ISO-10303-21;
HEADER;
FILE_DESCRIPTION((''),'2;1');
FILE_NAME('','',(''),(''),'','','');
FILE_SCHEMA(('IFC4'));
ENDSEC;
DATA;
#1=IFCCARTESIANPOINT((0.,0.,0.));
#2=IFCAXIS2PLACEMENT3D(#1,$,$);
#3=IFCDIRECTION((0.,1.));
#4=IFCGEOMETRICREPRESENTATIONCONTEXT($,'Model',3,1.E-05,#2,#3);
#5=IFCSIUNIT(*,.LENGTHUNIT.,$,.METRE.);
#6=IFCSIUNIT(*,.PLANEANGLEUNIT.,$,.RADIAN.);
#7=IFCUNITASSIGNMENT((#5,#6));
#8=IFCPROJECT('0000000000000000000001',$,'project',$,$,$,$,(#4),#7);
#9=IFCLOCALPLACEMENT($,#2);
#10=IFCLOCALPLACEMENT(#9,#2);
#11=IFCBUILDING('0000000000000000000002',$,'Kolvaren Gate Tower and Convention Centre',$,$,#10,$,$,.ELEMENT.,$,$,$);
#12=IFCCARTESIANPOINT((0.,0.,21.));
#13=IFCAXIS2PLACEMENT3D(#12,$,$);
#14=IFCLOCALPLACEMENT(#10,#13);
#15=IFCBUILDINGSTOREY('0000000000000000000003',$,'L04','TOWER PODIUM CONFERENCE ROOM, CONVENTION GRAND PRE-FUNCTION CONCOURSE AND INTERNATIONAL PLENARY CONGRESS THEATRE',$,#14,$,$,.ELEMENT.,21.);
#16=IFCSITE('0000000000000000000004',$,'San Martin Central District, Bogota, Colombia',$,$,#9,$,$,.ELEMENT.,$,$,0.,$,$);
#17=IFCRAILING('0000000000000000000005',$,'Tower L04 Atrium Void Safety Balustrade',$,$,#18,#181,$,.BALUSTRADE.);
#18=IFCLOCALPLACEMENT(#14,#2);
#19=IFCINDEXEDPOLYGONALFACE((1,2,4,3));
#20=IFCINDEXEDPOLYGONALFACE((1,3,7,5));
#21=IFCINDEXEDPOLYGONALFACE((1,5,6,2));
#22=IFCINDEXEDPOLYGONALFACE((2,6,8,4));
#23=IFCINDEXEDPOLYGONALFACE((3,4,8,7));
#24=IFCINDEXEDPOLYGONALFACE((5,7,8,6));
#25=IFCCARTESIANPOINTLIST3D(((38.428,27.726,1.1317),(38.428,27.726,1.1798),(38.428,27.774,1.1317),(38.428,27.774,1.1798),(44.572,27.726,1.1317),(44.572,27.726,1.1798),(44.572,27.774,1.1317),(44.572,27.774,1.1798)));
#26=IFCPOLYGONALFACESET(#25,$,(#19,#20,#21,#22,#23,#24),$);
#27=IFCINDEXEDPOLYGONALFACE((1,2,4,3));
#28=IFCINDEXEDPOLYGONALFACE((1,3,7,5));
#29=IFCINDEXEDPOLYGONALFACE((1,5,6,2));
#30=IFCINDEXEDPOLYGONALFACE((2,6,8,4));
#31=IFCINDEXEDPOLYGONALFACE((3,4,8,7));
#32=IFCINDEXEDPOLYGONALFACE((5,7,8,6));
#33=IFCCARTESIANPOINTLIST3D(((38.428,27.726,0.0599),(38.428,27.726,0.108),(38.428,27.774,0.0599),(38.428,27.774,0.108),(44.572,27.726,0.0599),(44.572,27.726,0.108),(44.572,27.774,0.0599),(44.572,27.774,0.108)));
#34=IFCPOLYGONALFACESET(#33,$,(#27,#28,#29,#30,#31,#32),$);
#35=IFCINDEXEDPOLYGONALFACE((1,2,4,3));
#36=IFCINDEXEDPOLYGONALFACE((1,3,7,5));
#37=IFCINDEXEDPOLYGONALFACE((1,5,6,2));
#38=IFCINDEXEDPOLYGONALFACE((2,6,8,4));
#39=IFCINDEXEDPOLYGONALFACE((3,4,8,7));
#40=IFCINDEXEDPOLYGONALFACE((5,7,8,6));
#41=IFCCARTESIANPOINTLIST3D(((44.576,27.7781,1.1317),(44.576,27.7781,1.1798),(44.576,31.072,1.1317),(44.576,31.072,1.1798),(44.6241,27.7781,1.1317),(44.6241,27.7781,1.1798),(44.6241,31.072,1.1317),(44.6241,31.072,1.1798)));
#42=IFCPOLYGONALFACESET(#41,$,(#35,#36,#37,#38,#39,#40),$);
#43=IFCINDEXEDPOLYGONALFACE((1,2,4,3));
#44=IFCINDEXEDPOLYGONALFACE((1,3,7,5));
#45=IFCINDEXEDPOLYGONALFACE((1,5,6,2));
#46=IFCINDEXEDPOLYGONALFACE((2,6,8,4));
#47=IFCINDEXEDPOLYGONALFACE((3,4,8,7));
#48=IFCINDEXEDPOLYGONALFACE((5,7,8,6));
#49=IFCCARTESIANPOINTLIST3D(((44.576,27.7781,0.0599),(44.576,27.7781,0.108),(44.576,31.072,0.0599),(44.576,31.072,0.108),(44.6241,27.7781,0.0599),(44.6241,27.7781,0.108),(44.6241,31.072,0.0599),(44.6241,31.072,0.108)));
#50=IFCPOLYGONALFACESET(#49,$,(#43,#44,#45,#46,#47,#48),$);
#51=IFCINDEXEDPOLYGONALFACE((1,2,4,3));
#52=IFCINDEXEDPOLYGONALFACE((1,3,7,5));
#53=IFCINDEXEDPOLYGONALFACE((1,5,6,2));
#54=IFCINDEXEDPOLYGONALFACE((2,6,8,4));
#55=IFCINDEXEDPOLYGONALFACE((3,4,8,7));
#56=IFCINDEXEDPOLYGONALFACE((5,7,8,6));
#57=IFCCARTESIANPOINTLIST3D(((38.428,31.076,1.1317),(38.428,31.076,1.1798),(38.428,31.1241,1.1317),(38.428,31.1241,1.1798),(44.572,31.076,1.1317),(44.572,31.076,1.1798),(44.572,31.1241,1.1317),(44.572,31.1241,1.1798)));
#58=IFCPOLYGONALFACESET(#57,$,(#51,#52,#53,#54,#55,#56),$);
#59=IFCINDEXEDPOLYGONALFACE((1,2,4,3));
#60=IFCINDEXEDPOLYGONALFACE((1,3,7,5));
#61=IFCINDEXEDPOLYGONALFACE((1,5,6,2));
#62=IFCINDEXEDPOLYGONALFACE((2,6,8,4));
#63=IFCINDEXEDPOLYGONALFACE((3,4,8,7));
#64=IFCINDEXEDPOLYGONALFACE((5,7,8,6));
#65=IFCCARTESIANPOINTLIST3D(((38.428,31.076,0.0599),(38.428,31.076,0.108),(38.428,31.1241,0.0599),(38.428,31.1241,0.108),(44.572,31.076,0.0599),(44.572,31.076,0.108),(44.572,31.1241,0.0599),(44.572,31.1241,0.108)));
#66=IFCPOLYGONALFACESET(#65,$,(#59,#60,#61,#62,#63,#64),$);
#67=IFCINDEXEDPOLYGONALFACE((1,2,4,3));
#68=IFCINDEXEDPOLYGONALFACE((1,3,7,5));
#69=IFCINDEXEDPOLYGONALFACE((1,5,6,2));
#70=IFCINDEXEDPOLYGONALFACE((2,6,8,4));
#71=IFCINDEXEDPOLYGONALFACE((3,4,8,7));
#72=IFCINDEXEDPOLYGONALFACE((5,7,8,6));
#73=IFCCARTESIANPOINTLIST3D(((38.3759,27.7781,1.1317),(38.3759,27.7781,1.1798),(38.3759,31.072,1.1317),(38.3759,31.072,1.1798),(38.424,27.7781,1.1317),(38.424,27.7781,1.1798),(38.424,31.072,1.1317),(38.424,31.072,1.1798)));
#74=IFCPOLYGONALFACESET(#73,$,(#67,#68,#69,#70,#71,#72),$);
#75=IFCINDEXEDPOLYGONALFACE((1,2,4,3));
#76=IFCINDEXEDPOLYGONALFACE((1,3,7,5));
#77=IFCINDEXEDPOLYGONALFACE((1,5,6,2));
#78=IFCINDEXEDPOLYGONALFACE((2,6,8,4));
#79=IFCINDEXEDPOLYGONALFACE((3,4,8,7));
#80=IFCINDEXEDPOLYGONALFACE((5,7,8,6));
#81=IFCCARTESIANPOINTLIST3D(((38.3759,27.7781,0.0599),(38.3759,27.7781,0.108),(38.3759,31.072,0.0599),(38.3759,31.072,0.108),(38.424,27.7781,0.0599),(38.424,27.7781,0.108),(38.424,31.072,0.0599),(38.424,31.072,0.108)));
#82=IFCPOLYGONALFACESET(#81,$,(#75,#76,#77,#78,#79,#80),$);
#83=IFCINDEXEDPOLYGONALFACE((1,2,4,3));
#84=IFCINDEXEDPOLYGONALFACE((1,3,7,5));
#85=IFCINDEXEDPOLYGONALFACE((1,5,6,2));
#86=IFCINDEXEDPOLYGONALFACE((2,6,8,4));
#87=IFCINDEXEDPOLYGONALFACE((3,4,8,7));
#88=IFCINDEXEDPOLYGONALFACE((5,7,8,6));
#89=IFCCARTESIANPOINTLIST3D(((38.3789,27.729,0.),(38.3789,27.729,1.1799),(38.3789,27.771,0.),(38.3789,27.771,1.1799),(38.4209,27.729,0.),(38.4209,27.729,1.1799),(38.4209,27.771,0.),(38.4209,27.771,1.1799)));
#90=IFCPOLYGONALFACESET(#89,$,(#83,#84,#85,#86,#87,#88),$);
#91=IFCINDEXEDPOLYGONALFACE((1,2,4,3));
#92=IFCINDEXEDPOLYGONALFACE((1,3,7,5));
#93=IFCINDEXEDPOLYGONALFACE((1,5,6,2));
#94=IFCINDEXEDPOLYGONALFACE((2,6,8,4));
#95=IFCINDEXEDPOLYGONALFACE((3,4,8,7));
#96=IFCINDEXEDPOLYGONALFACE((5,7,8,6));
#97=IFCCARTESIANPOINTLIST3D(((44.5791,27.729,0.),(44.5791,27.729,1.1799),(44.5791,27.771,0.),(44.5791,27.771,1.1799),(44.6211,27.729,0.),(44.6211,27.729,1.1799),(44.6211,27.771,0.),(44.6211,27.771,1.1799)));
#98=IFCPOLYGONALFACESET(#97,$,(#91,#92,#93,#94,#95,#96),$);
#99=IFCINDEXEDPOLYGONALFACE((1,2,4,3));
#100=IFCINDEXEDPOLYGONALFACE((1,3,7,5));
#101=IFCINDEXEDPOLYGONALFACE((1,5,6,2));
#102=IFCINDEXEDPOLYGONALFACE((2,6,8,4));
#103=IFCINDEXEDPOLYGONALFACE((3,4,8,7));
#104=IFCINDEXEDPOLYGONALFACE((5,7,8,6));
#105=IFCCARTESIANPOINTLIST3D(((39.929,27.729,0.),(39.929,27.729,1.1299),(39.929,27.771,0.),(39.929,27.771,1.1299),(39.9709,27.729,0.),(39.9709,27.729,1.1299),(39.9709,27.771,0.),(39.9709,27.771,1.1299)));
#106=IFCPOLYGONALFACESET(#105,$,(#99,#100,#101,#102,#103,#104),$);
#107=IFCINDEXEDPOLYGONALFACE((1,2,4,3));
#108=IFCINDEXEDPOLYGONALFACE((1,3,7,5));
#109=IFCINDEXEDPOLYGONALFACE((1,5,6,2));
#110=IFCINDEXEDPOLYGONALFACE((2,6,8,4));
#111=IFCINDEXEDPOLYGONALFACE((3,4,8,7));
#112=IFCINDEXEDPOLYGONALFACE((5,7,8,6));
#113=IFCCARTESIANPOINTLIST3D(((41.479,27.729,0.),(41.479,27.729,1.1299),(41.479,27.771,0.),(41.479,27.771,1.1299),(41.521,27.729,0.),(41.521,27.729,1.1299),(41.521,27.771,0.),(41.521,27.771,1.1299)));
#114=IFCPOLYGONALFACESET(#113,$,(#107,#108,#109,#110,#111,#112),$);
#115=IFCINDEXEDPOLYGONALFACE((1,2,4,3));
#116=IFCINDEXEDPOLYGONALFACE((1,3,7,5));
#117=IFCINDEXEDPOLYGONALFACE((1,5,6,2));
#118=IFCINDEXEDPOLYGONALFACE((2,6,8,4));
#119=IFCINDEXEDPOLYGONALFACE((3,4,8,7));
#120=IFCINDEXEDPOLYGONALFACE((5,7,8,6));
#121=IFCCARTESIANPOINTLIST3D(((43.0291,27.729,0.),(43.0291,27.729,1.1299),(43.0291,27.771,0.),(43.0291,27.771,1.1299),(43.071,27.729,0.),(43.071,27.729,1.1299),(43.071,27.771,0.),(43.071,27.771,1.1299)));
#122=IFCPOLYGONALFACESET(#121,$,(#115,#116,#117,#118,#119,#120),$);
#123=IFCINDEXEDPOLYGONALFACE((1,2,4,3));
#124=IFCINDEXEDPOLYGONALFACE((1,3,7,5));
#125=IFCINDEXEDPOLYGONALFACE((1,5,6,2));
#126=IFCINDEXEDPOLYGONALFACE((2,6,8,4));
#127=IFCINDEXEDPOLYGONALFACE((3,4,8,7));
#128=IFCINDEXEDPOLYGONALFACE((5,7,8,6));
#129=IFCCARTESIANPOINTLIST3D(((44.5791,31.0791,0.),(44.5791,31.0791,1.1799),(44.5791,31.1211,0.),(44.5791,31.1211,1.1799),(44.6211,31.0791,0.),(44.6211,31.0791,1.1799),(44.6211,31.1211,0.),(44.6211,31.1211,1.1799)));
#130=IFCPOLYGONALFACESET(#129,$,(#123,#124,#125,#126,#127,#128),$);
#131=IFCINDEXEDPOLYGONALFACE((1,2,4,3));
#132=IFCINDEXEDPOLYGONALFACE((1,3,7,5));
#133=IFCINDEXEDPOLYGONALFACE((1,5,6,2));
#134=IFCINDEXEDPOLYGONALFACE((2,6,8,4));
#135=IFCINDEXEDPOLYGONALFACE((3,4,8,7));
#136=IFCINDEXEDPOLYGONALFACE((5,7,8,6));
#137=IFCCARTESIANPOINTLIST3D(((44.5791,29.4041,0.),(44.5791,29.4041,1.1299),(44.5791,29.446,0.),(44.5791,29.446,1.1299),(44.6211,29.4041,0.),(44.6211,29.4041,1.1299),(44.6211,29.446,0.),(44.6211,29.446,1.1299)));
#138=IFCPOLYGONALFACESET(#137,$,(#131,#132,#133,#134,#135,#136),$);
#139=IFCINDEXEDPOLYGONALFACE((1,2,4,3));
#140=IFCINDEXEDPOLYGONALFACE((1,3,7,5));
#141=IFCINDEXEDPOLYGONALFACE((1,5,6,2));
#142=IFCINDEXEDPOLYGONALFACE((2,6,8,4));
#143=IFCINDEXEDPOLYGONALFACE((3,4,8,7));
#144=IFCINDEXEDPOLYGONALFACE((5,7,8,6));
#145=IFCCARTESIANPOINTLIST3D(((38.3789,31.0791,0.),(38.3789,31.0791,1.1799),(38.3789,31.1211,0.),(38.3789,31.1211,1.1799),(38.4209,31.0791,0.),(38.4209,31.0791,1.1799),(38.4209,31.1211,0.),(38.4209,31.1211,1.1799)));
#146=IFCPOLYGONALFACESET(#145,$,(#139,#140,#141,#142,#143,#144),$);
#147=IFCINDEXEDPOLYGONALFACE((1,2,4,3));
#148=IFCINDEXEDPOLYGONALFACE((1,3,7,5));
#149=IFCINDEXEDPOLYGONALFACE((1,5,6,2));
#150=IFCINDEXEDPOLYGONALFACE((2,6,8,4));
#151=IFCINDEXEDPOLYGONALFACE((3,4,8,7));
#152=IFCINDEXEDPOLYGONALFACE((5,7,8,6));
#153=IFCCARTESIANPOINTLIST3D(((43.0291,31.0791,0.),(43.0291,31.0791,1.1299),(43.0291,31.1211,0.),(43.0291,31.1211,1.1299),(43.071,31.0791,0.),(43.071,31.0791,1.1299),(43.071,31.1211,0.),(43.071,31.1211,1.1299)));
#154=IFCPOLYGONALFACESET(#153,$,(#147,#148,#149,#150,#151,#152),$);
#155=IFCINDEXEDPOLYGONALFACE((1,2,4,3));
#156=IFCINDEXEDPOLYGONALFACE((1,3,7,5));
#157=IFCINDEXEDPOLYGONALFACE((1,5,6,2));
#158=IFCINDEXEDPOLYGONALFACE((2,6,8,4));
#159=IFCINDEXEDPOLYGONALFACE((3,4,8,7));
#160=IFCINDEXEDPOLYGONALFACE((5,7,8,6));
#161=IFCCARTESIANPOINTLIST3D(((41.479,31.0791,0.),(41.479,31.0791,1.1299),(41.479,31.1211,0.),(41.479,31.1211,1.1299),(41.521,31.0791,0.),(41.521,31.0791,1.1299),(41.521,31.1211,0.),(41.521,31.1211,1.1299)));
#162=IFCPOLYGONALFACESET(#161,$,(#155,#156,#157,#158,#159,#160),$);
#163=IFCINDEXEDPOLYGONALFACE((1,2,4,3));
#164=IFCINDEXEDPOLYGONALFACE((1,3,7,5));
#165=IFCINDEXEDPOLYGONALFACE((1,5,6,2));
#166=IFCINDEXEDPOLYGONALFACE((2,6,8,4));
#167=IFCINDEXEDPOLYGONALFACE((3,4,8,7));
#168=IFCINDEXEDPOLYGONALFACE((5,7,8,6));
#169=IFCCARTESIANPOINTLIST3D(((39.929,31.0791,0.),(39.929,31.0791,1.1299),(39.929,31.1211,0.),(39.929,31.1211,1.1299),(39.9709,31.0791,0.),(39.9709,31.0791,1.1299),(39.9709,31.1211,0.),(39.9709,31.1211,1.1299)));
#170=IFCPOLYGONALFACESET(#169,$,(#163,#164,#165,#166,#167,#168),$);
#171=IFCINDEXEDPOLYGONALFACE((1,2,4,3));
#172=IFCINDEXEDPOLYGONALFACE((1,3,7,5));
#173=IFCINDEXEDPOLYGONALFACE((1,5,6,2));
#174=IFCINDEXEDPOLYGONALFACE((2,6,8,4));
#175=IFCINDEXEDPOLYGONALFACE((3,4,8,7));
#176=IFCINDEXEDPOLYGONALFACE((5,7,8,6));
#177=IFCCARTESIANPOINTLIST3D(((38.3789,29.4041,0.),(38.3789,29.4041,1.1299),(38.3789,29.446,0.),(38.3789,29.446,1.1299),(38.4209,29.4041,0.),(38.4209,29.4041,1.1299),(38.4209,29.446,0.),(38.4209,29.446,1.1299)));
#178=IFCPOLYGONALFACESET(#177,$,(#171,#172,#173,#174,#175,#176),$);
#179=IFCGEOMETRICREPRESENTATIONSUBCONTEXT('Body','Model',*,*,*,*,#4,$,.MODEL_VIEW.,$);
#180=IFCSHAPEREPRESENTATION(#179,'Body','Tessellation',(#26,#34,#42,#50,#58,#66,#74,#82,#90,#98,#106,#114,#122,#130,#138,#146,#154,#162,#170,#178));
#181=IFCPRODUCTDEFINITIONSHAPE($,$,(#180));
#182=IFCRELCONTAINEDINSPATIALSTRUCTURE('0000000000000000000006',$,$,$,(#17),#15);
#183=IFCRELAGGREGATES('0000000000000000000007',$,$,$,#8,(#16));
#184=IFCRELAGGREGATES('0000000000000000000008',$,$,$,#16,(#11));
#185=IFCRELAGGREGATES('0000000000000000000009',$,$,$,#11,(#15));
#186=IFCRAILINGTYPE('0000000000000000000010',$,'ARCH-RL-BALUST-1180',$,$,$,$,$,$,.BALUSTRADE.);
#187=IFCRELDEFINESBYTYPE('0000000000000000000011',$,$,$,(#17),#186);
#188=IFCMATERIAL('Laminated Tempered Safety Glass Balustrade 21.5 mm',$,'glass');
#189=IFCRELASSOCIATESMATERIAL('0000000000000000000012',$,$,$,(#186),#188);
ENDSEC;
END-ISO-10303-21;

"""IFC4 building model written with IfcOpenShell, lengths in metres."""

from ifc_helpers import new_model, si_unit, direction, frame, origin, origin_2d, place, context, subcontext, project, spatial, rectangle, extrude, material, type_object, element, save


model = new_model("IFC4")

# Units and contexts
model_context = context("Model", 3, precision=1e-05, world=origin(), true_north=direction((0.0, 1.0)))
body_context = subcontext(model_context, "Body", "Model", "MODEL_VIEW")
ifc_project = project(units=[si_unit("LENGTHUNIT", "METRE"), si_unit("PLANEANGLEUNIT", "RADIAN")], contexts=[model_context])

# Site, building, storey
site_placement = place(None, origin())
site = spatial("IfcSite", under=ifc_project, at=site_placement, Name="San Martin Central District, Bogota, Colombia", CompositionType="ELEMENT", RefElevation=0.0)
building_placement = place(site_placement, origin())
building = spatial("IfcBuilding", under=site, at=building_placement, Name="Kolvaren Gate Tower and Convention Centre", CompositionType="ELEMENT")
storey_placement = place(building_placement, frame((0.0, 0.0, 21.0)))
storey = spatial("IfcBuildingStorey", under=building, at=storey_placement, Name="L04", Description="TOWER PODIUM CONFERENCE ROOM, CONVENTION GRAND PRE-FUNCTION CONCOURSE AND INTERNATIONAL PLENARY CONGRESS THEATRE", CompositionType="ELEMENT", Elevation=21.0)

# Railing
ifc_material_1 = material(Name="Laminated Tempered Safety Glass Balustrade 21.5 mm", Category="glass")
railing_type = type_object("IfcRailingType", Name="ARCH-RL-BALUST-1180", PredefinedType="BALUSTRADE", material=ifc_material_1)
railing_placement = place(storey_placement, frame((38.3999, 27.75, 0.0)))
element("IfcRailing", 1, at=railing_placement, inside=storey, type_object=railing_type, Name="Tower L04 Atrium Void Safety Balustrade", PredefinedType="BALUSTRADE", context=body_context, shape_type="SweptSolid", body=[
    extrude(rectangle(XDim=0.0481, YDim=0.0481, at=origin_2d()), frame((0.0281, 0.0, 1.1558), z_axis=(1.0, 0.0, 0.0), x_axis=(0.0, 1.0, 0.0)), (0.0, 0.0, 1.0), 6.144),
    extrude(rectangle(XDim=0.0481, YDim=0.0481, at=origin_2d()), frame((0.0281, 0.0, 0.084), z_axis=(1.0, 0.0, 0.0), x_axis=(0.0, 1.0, 0.0)), (0.0, 0.0, 1.0), 6.144),
    extrude(rectangle(XDim=0.0481, YDim=0.0481, at=origin_2d()), frame((6.2002, 0.0281, 1.1558), z_axis=(0.0, 1.0, 0.0), x_axis=(-1.0, 0.0, 0.0)), (0.0, 0.0, 1.0), 3.2939),
    extrude(rectangle(XDim=0.0481, YDim=0.0481, at=origin_2d()), frame((6.2002, 0.0281, 0.084), z_axis=(0.0, 1.0, 0.0), x_axis=(-1.0, 0.0, 0.0)), (0.0, 0.0, 1.0), 3.2939),
    extrude(rectangle(XDim=0.0481, YDim=0.0481, at=origin_2d()), frame((6.1721, 3.3501, 1.1558), z_axis=(-1.0, 0.0, 0.0), x_axis=(0.0, -1.0, 0.0)), (0.0, 0.0, 1.0), 6.144),
    extrude(rectangle(XDim=0.0481, YDim=0.0481, at=origin_2d()), frame((6.1721, 3.3501, 0.084), z_axis=(-1.0, 0.0, 0.0), x_axis=(0.0, -1.0, 0.0)), (0.0, 0.0, 1.0), 6.144),
    extrude(rectangle(XDim=0.0481, YDim=0.0481, at=origin_2d()), frame((0.0, 3.322, 1.1558), z_axis=(0.0, -1.0, 0.0), x_axis=(1.0, 0.0, 0.0)), (0.0, 0.0, 1.0), 3.2939),
    extrude(rectangle(XDim=0.0481, YDim=0.0481, at=origin_2d()), frame((0.0, 3.322, 0.084), z_axis=(0.0, -1.0, 0.0), x_axis=(1.0, 0.0, 0.0)), (0.0, 0.0, 1.0), 3.2939),
    extrude(rectangle(XDim=0.042, YDim=0.042, at=origin_2d()), origin(), (0.0, 0.0, 1.0), 1.1799),
    extrude(rectangle(XDim=0.042, YDim=0.042, at=origin_2d()), frame((6.2002, 0.0, 0.0)), (0.0, 0.0, 1.0), 1.1799),
    extrude(rectangle(XDim=0.042, YDim=0.042, at=origin_2d()), frame((1.55, 0.0, 0.0)), (0.0, 0.0, 1.0), 1.1299),
    extrude(rectangle(XDim=0.042, YDim=0.042, at=origin_2d()), frame((3.1001, 0.0, 0.0)), (0.0, 0.0, 1.0), 1.1299),
    extrude(rectangle(XDim=0.042, YDim=0.042, at=origin_2d()), frame((4.6501, 0.0, 0.0)), (0.0, 0.0, 1.0), 1.1299),
    extrude(rectangle(XDim=0.042, YDim=0.042, at=origin_2d()), frame((6.2002, 3.3501, 0.0)), (0.0, 0.0, 1.0), 1.1799),
    extrude(rectangle(XDim=0.042, YDim=0.042, at=origin_2d()), frame((6.2002, 1.675, 0.0)), (0.0, 0.0, 1.0), 1.1299),
    extrude(rectangle(XDim=0.042, YDim=0.042, at=origin_2d()), frame((0.0, 3.3501, 0.0)), (0.0, 0.0, 1.0), 1.1799),
    extrude(rectangle(XDim=0.042, YDim=0.042, at=origin_2d()), frame((4.6501, 3.3501, 0.0)), (0.0, 0.0, 1.0), 1.1299),
    extrude(rectangle(XDim=0.042, YDim=0.042, at=origin_2d()), frame((3.1001, 3.3501, 0.0)), (0.0, 0.0, 1.0), 1.1299),
    extrude(rectangle(XDim=0.042, YDim=0.042, at=origin_2d()), frame((1.55, 3.3501, 0.0)), (0.0, 0.0, 1.0), 1.1299),
    extrude(rectangle(XDim=0.042, YDim=0.042, at=origin_2d()), frame((0.0, 1.675, 0.0)), (0.0, 0.0, 1.0), 1.1299),
])

save(model, "model.ifc")
